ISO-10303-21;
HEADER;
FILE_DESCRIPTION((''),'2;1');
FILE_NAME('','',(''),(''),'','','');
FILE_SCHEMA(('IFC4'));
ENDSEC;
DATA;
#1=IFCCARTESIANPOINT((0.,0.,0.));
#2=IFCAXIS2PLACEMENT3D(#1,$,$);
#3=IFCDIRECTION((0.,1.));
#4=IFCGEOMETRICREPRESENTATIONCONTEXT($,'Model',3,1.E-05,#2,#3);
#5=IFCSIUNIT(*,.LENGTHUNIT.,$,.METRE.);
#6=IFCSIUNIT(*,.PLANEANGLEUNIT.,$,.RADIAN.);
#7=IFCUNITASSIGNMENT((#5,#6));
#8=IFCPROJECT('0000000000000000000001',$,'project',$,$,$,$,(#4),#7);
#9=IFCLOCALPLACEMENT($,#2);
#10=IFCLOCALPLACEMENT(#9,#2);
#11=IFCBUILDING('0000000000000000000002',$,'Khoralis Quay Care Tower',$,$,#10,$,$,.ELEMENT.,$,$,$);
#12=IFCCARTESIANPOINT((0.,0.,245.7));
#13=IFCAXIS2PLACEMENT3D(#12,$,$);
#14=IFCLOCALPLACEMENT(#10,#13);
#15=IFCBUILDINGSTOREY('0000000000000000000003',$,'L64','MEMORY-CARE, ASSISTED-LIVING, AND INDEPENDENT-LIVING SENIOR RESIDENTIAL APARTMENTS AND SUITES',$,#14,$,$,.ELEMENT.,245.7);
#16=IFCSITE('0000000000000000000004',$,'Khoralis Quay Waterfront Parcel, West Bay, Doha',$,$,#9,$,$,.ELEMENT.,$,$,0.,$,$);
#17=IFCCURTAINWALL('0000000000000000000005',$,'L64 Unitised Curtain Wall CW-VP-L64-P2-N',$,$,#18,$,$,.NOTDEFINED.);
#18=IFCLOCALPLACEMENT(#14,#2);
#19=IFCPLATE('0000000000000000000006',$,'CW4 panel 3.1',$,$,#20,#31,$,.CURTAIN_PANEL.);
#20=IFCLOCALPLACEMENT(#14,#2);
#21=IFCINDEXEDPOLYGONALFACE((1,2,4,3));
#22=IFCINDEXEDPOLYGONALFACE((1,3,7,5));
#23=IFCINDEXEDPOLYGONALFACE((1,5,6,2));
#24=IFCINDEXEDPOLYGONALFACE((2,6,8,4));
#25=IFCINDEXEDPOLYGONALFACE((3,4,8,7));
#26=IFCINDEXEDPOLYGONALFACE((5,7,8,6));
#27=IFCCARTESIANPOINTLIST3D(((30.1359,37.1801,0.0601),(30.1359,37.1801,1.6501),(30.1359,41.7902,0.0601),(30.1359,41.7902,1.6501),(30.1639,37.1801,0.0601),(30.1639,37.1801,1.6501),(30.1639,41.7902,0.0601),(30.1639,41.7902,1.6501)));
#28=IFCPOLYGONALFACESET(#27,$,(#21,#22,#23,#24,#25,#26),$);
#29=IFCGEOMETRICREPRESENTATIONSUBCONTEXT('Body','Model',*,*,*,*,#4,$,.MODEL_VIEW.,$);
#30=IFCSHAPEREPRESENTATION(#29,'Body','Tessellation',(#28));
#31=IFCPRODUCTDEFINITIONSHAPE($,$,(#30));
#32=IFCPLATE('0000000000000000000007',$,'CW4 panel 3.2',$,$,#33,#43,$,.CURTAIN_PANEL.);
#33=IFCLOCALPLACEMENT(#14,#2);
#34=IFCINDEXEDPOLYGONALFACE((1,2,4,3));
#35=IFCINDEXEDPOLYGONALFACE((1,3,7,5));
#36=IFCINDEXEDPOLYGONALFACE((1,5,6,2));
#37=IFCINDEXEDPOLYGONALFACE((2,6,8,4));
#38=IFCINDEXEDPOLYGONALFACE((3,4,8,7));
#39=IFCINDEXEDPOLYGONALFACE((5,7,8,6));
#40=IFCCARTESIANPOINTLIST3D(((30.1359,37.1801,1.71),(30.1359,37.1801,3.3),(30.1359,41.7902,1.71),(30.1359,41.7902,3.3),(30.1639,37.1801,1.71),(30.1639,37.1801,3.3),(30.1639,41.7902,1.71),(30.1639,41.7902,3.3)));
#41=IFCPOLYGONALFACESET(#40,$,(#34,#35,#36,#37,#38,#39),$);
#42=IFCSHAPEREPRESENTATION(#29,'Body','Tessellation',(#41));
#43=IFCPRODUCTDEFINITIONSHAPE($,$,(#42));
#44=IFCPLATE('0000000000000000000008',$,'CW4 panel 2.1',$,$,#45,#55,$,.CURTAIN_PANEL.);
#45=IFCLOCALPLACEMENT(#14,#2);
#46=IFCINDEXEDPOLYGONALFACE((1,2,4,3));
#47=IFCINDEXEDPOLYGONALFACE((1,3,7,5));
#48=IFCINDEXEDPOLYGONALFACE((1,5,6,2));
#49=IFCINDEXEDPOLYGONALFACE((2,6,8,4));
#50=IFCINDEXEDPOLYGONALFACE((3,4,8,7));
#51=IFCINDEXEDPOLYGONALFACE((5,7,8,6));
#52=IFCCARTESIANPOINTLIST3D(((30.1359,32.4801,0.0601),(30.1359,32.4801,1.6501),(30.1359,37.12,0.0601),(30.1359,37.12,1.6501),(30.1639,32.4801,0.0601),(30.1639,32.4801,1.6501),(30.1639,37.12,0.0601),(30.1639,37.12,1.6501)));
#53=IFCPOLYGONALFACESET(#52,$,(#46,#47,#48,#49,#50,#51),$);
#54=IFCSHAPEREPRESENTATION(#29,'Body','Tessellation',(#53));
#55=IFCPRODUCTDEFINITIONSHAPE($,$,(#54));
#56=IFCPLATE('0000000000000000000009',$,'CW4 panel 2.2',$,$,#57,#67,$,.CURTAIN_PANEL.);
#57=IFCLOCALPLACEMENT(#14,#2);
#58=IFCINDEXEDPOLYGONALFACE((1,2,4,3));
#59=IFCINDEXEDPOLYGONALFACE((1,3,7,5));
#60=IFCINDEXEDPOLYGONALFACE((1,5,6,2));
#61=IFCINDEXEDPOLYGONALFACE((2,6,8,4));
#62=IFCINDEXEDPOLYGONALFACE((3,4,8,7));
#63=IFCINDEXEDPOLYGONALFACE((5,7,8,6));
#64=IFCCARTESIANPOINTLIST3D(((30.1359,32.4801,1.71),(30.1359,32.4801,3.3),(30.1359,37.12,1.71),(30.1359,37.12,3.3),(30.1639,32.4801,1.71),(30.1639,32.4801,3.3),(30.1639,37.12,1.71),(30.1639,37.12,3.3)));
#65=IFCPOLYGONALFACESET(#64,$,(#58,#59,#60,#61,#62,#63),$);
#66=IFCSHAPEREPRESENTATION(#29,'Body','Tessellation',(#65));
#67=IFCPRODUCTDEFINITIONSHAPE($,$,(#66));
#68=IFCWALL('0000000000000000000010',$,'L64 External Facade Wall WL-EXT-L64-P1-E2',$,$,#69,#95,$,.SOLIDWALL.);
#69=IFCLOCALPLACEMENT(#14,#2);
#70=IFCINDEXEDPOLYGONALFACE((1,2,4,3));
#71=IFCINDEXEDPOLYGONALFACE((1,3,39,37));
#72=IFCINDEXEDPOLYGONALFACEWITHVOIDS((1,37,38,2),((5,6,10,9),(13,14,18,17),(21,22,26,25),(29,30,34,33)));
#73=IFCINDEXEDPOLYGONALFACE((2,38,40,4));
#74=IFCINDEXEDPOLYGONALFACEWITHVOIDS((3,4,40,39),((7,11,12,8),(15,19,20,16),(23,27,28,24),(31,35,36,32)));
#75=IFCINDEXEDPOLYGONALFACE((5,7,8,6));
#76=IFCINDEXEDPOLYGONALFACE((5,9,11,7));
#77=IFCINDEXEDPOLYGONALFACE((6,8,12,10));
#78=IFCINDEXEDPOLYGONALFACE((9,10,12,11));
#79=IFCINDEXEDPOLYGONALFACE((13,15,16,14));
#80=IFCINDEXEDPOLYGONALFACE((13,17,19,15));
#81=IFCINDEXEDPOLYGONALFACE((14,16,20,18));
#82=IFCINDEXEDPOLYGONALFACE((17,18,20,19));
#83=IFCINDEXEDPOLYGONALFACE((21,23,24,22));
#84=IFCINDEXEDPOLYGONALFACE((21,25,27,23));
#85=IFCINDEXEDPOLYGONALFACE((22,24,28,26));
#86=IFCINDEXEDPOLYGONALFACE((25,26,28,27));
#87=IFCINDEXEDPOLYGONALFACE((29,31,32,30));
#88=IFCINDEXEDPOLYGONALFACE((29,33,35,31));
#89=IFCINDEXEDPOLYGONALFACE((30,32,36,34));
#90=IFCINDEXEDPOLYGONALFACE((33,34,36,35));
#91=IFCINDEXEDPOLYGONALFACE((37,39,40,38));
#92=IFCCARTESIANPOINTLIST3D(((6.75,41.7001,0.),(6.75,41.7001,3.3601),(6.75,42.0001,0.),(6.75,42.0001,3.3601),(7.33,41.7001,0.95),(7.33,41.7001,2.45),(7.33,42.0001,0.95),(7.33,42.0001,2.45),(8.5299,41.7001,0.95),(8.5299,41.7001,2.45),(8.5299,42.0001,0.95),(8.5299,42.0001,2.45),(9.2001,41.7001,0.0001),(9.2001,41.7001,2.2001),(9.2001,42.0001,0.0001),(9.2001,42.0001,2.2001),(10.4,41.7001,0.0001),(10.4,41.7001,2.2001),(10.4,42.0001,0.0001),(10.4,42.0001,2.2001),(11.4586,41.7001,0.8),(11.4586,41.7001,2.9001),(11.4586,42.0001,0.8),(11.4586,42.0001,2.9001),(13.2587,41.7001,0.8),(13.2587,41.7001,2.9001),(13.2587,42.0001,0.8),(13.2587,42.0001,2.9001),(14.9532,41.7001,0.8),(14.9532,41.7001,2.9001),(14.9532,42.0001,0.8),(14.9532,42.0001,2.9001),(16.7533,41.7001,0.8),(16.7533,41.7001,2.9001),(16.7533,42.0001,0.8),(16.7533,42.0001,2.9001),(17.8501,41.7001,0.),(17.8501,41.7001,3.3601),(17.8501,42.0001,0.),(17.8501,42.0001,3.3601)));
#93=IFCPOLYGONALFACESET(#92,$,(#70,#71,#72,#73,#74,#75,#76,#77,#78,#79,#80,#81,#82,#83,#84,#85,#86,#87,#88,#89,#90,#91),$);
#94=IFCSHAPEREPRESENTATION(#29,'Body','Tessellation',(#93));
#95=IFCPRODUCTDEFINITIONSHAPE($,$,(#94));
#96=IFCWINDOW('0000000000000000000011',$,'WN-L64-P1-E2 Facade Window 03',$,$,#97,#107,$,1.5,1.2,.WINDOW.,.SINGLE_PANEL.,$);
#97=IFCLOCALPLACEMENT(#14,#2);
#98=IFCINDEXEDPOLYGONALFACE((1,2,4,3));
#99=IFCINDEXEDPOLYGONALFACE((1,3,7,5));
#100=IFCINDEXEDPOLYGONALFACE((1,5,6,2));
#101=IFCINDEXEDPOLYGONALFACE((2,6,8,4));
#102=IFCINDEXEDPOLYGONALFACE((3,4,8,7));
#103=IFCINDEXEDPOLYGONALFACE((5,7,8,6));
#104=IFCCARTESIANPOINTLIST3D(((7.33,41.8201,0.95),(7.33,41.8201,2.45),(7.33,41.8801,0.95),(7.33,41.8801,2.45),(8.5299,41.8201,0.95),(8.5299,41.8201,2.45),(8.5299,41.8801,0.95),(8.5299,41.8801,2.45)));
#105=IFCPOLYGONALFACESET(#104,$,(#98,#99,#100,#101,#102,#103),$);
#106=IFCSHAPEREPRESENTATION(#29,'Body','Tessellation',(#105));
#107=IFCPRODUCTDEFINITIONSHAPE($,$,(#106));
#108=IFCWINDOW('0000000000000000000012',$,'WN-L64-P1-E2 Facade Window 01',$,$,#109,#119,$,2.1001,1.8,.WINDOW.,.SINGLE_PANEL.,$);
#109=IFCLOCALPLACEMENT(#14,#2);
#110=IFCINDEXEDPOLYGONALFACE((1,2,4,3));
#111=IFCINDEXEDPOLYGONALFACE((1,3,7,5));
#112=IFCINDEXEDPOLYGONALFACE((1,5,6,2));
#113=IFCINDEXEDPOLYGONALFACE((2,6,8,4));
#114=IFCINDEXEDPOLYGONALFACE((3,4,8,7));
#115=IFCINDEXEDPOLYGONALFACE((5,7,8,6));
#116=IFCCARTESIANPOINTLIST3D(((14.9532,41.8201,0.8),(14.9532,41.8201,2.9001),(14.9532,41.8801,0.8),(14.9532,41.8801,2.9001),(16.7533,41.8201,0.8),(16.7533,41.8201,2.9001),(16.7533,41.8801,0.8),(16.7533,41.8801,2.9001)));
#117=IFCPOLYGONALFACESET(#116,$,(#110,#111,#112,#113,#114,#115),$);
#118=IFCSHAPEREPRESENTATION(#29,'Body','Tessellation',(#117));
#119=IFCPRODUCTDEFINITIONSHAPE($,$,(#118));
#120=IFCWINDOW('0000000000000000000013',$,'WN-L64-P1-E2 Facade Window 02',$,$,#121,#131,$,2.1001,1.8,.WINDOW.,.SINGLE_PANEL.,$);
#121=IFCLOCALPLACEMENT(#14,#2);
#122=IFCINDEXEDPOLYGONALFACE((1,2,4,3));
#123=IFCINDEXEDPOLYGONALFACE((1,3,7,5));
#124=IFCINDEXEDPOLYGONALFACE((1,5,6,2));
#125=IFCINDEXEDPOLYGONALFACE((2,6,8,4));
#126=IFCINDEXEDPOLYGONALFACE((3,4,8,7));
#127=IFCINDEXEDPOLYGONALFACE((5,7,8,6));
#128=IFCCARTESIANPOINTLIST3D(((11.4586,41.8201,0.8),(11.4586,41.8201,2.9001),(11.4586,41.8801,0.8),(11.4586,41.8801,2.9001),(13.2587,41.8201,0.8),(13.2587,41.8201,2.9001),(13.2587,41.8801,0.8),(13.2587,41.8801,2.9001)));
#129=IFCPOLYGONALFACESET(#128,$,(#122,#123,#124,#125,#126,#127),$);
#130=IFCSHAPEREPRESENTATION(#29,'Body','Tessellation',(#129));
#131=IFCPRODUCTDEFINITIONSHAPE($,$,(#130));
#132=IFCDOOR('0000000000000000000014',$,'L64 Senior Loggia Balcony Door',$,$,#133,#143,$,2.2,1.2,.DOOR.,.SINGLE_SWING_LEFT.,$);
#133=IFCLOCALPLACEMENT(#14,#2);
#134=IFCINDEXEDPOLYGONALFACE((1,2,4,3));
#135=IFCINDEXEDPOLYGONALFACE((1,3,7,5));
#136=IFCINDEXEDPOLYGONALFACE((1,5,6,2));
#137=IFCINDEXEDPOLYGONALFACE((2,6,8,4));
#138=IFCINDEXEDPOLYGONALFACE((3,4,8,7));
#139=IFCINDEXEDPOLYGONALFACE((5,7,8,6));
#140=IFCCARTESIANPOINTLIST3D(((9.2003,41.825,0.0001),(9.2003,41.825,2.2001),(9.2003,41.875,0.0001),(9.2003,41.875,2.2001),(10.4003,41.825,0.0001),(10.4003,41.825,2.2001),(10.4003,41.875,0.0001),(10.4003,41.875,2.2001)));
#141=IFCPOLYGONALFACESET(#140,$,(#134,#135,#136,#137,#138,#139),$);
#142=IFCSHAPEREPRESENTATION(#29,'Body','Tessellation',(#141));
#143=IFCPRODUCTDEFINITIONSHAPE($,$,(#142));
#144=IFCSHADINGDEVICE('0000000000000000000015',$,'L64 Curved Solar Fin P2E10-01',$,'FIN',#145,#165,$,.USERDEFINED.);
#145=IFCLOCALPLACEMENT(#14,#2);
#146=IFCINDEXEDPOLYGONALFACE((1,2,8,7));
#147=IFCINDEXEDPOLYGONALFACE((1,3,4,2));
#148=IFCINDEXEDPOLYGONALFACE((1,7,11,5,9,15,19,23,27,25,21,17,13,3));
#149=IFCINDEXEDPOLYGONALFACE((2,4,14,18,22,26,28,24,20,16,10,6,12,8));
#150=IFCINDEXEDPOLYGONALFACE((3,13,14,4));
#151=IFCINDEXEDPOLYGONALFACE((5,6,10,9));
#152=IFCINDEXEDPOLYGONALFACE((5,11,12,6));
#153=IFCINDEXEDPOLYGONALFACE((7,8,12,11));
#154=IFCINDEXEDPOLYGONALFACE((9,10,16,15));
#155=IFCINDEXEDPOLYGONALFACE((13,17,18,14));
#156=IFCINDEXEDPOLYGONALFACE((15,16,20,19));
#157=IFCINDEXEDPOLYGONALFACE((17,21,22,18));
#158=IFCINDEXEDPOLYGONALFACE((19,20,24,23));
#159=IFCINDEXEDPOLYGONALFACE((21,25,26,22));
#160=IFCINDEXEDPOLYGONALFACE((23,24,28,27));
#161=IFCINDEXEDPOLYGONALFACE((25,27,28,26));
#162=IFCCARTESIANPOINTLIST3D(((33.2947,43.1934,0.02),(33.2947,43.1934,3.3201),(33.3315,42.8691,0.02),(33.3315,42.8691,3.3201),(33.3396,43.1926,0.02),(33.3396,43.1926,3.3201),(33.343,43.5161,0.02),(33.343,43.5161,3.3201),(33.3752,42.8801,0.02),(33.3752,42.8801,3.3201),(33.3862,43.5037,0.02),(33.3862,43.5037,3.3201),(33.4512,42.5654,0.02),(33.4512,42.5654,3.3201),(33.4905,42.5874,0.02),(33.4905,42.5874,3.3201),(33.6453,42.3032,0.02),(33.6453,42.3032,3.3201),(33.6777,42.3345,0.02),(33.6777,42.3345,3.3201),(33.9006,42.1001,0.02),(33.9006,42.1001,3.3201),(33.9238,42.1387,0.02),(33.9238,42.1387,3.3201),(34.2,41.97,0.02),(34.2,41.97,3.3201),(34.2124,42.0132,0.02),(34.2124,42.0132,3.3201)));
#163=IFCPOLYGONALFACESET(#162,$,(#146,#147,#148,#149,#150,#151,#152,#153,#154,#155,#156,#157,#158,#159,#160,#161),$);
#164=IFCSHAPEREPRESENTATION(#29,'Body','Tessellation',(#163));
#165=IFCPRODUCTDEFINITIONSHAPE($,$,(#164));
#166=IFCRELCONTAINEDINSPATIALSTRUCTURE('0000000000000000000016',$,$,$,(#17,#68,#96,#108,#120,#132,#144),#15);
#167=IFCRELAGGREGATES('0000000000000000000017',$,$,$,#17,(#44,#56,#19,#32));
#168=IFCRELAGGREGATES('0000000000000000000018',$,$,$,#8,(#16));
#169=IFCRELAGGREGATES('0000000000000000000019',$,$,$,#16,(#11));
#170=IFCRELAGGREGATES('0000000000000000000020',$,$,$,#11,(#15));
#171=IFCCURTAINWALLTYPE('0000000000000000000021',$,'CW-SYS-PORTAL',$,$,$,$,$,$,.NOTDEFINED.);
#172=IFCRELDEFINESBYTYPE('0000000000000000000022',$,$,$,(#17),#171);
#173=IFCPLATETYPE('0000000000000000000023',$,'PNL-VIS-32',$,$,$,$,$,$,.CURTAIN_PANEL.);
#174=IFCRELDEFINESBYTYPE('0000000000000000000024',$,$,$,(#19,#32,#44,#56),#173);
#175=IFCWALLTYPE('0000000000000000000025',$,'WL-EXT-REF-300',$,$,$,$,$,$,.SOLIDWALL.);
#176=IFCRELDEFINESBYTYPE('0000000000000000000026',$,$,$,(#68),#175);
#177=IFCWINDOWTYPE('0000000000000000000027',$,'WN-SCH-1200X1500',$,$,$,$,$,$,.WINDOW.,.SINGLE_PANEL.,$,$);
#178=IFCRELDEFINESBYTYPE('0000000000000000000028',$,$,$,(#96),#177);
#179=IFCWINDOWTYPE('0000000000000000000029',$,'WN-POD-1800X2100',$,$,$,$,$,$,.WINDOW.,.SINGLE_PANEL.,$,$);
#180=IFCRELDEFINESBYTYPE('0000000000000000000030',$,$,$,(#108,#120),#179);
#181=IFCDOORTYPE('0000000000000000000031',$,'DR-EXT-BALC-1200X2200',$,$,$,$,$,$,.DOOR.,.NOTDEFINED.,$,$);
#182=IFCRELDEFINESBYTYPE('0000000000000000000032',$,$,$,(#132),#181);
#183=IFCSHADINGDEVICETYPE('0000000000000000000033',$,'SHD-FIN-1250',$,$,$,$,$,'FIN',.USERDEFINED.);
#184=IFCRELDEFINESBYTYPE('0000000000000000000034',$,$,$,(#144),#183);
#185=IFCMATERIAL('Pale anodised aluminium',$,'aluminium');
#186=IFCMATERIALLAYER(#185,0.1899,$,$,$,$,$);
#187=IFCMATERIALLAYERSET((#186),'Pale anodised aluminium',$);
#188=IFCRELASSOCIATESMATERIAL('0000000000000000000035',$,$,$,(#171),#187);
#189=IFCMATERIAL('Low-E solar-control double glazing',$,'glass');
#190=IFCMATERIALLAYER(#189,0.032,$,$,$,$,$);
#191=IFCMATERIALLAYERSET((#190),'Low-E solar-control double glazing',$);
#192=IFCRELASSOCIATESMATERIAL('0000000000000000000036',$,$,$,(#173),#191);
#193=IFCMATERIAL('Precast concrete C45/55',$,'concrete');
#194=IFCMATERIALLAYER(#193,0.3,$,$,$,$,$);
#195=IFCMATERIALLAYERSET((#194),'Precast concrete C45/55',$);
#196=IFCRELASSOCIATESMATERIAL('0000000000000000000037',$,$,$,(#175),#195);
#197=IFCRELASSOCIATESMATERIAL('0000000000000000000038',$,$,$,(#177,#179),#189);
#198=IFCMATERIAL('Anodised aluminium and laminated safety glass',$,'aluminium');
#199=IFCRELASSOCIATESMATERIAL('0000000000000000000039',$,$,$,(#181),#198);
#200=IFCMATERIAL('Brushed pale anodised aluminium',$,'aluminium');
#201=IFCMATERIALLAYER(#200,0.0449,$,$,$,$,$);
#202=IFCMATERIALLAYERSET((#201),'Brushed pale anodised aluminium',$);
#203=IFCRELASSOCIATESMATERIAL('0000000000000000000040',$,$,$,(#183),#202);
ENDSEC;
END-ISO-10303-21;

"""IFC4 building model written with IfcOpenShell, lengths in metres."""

from ifc_helpers import new_model, si_unit, direction, frame, frame_2d, origin, origin_2d, place, context, subcontext, project, spatial, polyline, rectangle, outline, extrude, source, transform, mapped, material, layer, layer_set, type_object, element, fill, aggregate, save


model = new_model("IFC4")

# Units and contexts
model_context = context("Model", 3, precision=1e-05, world=origin(), true_north=direction((0.0, 1.0)))
body_context = subcontext(model_context, "Body", "Model", "MODEL_VIEW")
ifc_project = project(units=[si_unit("LENGTHUNIT", "METRE"), si_unit("PLANEANGLEUNIT", "RADIAN")], contexts=[model_context])

# Site, building, storey
site_placement = place(None, origin())
site = spatial("IfcSite", under=ifc_project, at=site_placement, Name="Khoralis Quay Waterfront Parcel, West Bay, Doha", CompositionType="ELEMENT", RefElevation=0.0)
building_placement = place(site_placement, origin())
building = spatial("IfcBuilding", under=site, at=building_placement, Name="Khoralis Quay Care Tower", CompositionType="ELEMENT")
storey_placement = place(building_placement, frame((0.0, 0.0, 245.7)))
storey = spatial("IfcBuildingStorey", under=building, at=storey_placement, Name="L64", Description="MEMORY-CARE, ASSISTED-LIVING, AND INDEPENDENT-LIVING SENIOR RESIDENTIAL APARTMENTS AND SUITES", CompositionType="ELEMENT", Elevation=245.7)

# Curtain wall
ifc_material_1 = material(Name="Pale anodised aluminium", Category="aluminium")
ifc_layer_1 = layer(ifc_material_1, 0.1899)
ifc_layer_set_1 = layer_set([ifc_layer_1], Name="Pale anodised aluminium")
curtain_wall_type = type_object("IfcCurtainWallType", Name="CW-SYS-PORTAL", PredefinedType="NOTDEFINED", material=ifc_layer_set_1)
curtain_wall_1_placement = place(storey_placement, origin())
curtain_wall_1 = element("IfcCurtainWall", 1, at=curtain_wall_1_placement, inside=storey, type_object=curtain_wall_type, Name="L64 Unitised Curtain Wall CW-VP-L64-P2-N", PredefinedType="NOTDEFINED")

# Plates
ifc_material_2 = material(Name="Low-E solar-control double glazing", Category="glass")
ifc_layer_2 = layer(ifc_material_2, 0.032)
ifc_layer_set_2 = layer_set([ifc_layer_2], Name="Low-E solar-control double glazing")
plate_type = type_object("IfcPlateType", Name="PNL-VIS-32", PredefinedType="CURTAIN_PANEL", material=ifc_layer_set_2)
shared_shape_1 = source(origin(), body_context, "Body", "SweptSolid", [
    extrude(rectangle(XDim=4.6101, YDim=0.0281, at=origin_2d()), origin(), (0.0, 0.0, 1.0), 1.5901),
])
plate_1_placement = place(storey_placement, frame((30.1499, 39.4851, 0.0601), z_axis=(0.0, 0.0, 1.0), x_axis=(0.0, 1.0, 0.0)))
plate_1 = element("IfcPlate", 2, at=plate_1_placement, type_object=plate_type, Name="CW4 panel 3.1", PredefinedType="CURTAIN_PANEL", context=body_context, shape_type="MappedRepresentation", body=[
    mapped(shared_shape_1, transform((0.0, 0.0, 0.0), scale=1.0)),
])
plate_2_placement = place(storey_placement, frame((30.1499, 39.4851, 1.71), z_axis=(0.0, 0.0, 1.0), x_axis=(0.0, 1.0, 0.0)))
plate_2 = element("IfcPlate", 3, at=plate_2_placement, type_object=plate_type, Name="CW4 panel 3.2", PredefinedType="CURTAIN_PANEL", context=body_context, shape_type="MappedRepresentation", body=[
    mapped(shared_shape_1, transform((0.0, 0.0, 0.0), scale=1.0)),
])
shared_shape_2 = source(origin(), body_context, "Body", "SweptSolid", [
    extrude(rectangle(XDim=4.6399, YDim=0.0281, at=origin_2d()), origin(), (0.0, 0.0, 1.0), 1.5901),
])
plate_3_placement = place(storey_placement, frame((30.1499, 34.8, 0.0601), z_axis=(0.0, 0.0, 1.0), x_axis=(0.0, 1.0, 0.0)))
plate_3 = element("IfcPlate", 4, at=plate_3_placement, type_object=plate_type, Name="CW4 panel 2.1", PredefinedType="CURTAIN_PANEL", context=body_context, shape_type="MappedRepresentation", body=[
    mapped(shared_shape_2, transform((0.0, 0.0, 0.0), scale=1.0)),
])
plate_4_placement = place(storey_placement, frame((30.1499, 34.8, 1.71), z_axis=(0.0, 0.0, 1.0), x_axis=(0.0, 1.0, 0.0)))
plate_4 = element("IfcPlate", 5, at=plate_4_placement, type_object=plate_type, Name="CW4 panel 2.2", PredefinedType="CURTAIN_PANEL", context=body_context, shape_type="MappedRepresentation", body=[
    mapped(shared_shape_2, transform((0.0, 0.0, 0.0), scale=1.0)),
])
aggregate(curtain_wall_1, [plate_3, plate_4, plate_1, plate_2])

# Wall, openings, windows, door
ifc_material_3 = material(Name="Precast concrete C45/55", Category="concrete")
ifc_layer_3 = layer(ifc_material_3, 0.3)
ifc_layer_set_3 = layer_set([ifc_layer_3], Name="Precast concrete C45/55")
wall_type = type_object("IfcWallType", Name="WL-EXT-REF-300", PredefinedType="SOLIDWALL", material=ifc_layer_set_3)
wall_placement = place(storey_placement, frame((17.8501, 41.8501, 0.0), z_axis=(0.0, 0.0, 1.0), x_axis=(-1.0, 0.0, 0.0)))
wall = element("IfcWall", 6, at=wall_placement, inside=storey, type_object=wall_type, Name="L64 External Facade Wall WL-EXT-L64-P1-E2", PredefinedType="SOLIDWALL", context=body_context, shape_type="SweptSolid", body=[
    extrude(rectangle(XDim=11.1001, YDim=0.3, at=frame_2d((5.55, 0.0))), origin(), (0.0, 0.0, 1.0), 3.3601),
])
opening_1_placement = place(wall_placement, frame((1.0969, 0.0, 0.8)))
opening_1 = element("IfcOpeningElement", 7, at=opening_1_placement, cuts=wall, PredefinedType="OPENING", context=body_context, shape_type="SweptSolid", body=[
    extrude(rectangle(XDim=1.8, YDim=2.1001, at=frame_2d((0.8999, 1.05))), frame((0.0, 0.1602, 0.0), z_axis=(0.0, -1.0, 0.0), x_axis=(1.0, 0.0, 0.0)), (0.0, 0.0, 1.0), 0.3201),
])
opening_2_placement = place(wall_placement, frame((4.5916, 0.0, 0.8)))
opening_2 = element("IfcOpeningElement", 8, at=opening_2_placement, cuts=wall, PredefinedType="OPENING", context=body_context, shape_type="SweptSolid", body=[
    extrude(rectangle(XDim=1.8, YDim=2.1001, at=frame_2d((0.8999, 1.05))), frame((0.0, 0.1602, 0.0), z_axis=(0.0, -1.0, 0.0), x_axis=(1.0, 0.0, 0.0)), (0.0, 0.0, 1.0), 0.3201),
])
opening_3_placement = place(wall_placement, frame((9.3201, 0.0, 0.95)))
opening_3 = element("IfcOpeningElement", 9, at=opening_3_placement, cuts=wall, PredefinedType="OPENING", context=body_context, shape_type="SweptSolid", body=[
    extrude(rectangle(XDim=1.2, YDim=1.5, at=frame_2d((0.6001, 0.75))), frame((0.0, 0.1602, 0.0), z_axis=(0.0, -1.0, 0.0), x_axis=(1.0, 0.0, 0.0)), (0.0, 0.0, 1.0), 0.3201),
])
opening_4_placement = place(wall_placement, frame((7.45, 0.0, 0.0)))
opening_4 = element("IfcOpeningElement", 10, at=opening_4_placement, cuts=wall, PredefinedType="OPENING", context=body_context, shape_type="SweptSolid", body=[
    extrude(rectangle(XDim=1.2, YDim=2.2, at=frame_2d((0.6001, 1.1001))), frame((0.0, 0.1602, 0.0), z_axis=(0.0, -1.0, 0.0), x_axis=(1.0, 0.0, 0.0)), (0.0, 0.0, 1.0), 0.3201),
])
window_type_1 = type_object("IfcWindowType", Name="WN-SCH-1200X1500", PartitioningType="SINGLE_PANEL", PredefinedType="WINDOW", material=ifc_material_2)
shared_shape_3 = source(origin(), body_context, "Body", "SweptSolid", [
    extrude(rectangle(XDim=1.2, YDim=1.5, at=frame_2d((0.6001, 0.75))), frame((0.0, 0.03, 0.0), z_axis=(0.0, -1.0, 0.0), x_axis=(1.0, 0.0, 0.0)), (0.0, 0.0, 1.0), 0.0601),
])
window_1_placement = place(opening_3_placement, origin())
window_1 = element("IfcWindow", 11, at=window_1_placement, inside=storey, type_object=window_type_1, Name="WN-L64-P1-E2 Facade Window 03", OverallHeight=1.5, OverallWidth=1.2, PartitioningType="SINGLE_PANEL", PredefinedType="WINDOW", context=body_context, shape_type="MappedRepresentation", body=[
    mapped(shared_shape_3, transform((0.0, 0.0, 0.0), scale=1.0)),
])
fill(opening_3, window_1)
window_type_2 = type_object("IfcWindowType", Name="WN-POD-1800X2100", PartitioningType="SINGLE_PANEL", PredefinedType="WINDOW", material=ifc_material_2)
shared_shape_4 = source(origin(), body_context, "Body", "SweptSolid", [
    extrude(rectangle(XDim=1.8, YDim=2.1001, at=frame_2d((0.8999, 1.05))), frame((0.0, 0.03, 0.0), z_axis=(0.0, -1.0, 0.0), x_axis=(1.0, 0.0, 0.0)), (0.0, 0.0, 1.0), 0.0601),
])
window_2_placement = place(opening_1_placement, origin())
window_2 = element("IfcWindow", 12, at=window_2_placement, inside=storey, type_object=window_type_2, Name="WN-L64-P1-E2 Facade Window 01", OverallHeight=2.1001, OverallWidth=1.8, PartitioningType="SINGLE_PANEL", PredefinedType="WINDOW", context=body_context, shape_type="MappedRepresentation", body=[
    mapped(shared_shape_4, transform((0.0, 0.0, 0.0), scale=1.0)),
])
fill(opening_1, window_2)
window_3_placement = place(opening_2_placement, origin())
window_3 = element("IfcWindow", 13, at=window_3_placement, inside=storey, type_object=window_type_2, Name="WN-L64-P1-E2 Facade Window 02", OverallHeight=2.1001, OverallWidth=1.8, PartitioningType="SINGLE_PANEL", PredefinedType="WINDOW", context=body_context, shape_type="MappedRepresentation", body=[
    mapped(shared_shape_4, transform((0.0, 0.0, 0.0), scale=1.0)),
])
fill(opening_2, window_3)
ifc_material_4 = material(Name="Anodised aluminium and laminated safety glass", Category="aluminium")
door_type = type_object("IfcDoorType", Name="DR-EXT-BALC-1200X2200", OperationType="NOTDEFINED", PredefinedType="DOOR", material=ifc_material_4)
shared_shape_5 = source(origin(), body_context, "Body", "SweptSolid", [
    extrude(rectangle(XDim=1.2, YDim=2.2, at=frame_2d((0.6001, 1.1001))), frame((0.0, 0.0249, 0.0), z_axis=(0.0, -1.0, 0.0), x_axis=(1.0, 0.0, 0.0)), (0.0, 0.0, 1.0), 0.05),
])
door_placement = place(opening_4_placement, frame((1.2, 0.0, 0.0), z_axis=(0.0, 0.0, 1.0), x_axis=(-1.0, 0.0, 0.0)))
door = element("IfcDoor", 14, at=door_placement, inside=storey, type_object=door_type, Name="L64 Senior Loggia Balcony Door", OperationType="SINGLE_SWING_LEFT", OverallHeight=2.2, OverallWidth=1.2, PredefinedType="DOOR", context=body_context, shape_type="MappedRepresentation", body=[
    mapped(shared_shape_5, transform((0.0, 0.0, 0.0), scale=1.0)),
])
fill(opening_4, door)

# Shading device
ifc_material_5 = material(Name="Brushed pale anodised aluminium", Category="aluminium")
ifc_layer_4 = layer(ifc_material_5, 0.0449)
ifc_layer_set_4 = layer_set([ifc_layer_4], Name="Brushed pale anodised aluminium")
shading_device_type = type_object("IfcShadingDeviceType", Name="SHD-FIN-1250", ElementType="FIN", PredefinedType="USERDEFINED", material=ifc_layer_set_4)
shared_shape_6 = source(origin(), body_context, "Body", "SweptSolid", [
    extrude(outline(polyline([(0.0, 0.0), (0.1301, 0.2993), (0.3333, 0.5547), (0.5955, 0.7488), (0.8992, 0.8684), (1.2234, 0.9053), (1.5461, 0.8569), (1.5337, 0.8137), (1.2227, 0.8604), (0.9102, 0.8247), (0.6174, 0.7095), (0.3645, 0.5222), (0.1687, 0.2761), (0.0432, -0.0125), (0.0, 0.0)])), origin(), (0.0, 0.0, 1.0), 3.3),
])
shading_device_placement = place(storey_placement, frame((34.2, 41.97, 0.02), z_axis=(0.0, 0.0, 1.0), x_axis=(0.0, 1.0, 0.0)))
element("IfcShadingDevice", 15, at=shading_device_placement, inside=storey, type_object=shading_device_type, Name="L64 Curved Solar Fin P2E10-01", ObjectType="FIN", PredefinedType="USERDEFINED", context=body_context, shape_type="MappedRepresentation", body=[
    mapped(shared_shape_6, transform((0.0, 0.0, 0.0), scale=1.0)),
])

save(model, "model.ifc")
